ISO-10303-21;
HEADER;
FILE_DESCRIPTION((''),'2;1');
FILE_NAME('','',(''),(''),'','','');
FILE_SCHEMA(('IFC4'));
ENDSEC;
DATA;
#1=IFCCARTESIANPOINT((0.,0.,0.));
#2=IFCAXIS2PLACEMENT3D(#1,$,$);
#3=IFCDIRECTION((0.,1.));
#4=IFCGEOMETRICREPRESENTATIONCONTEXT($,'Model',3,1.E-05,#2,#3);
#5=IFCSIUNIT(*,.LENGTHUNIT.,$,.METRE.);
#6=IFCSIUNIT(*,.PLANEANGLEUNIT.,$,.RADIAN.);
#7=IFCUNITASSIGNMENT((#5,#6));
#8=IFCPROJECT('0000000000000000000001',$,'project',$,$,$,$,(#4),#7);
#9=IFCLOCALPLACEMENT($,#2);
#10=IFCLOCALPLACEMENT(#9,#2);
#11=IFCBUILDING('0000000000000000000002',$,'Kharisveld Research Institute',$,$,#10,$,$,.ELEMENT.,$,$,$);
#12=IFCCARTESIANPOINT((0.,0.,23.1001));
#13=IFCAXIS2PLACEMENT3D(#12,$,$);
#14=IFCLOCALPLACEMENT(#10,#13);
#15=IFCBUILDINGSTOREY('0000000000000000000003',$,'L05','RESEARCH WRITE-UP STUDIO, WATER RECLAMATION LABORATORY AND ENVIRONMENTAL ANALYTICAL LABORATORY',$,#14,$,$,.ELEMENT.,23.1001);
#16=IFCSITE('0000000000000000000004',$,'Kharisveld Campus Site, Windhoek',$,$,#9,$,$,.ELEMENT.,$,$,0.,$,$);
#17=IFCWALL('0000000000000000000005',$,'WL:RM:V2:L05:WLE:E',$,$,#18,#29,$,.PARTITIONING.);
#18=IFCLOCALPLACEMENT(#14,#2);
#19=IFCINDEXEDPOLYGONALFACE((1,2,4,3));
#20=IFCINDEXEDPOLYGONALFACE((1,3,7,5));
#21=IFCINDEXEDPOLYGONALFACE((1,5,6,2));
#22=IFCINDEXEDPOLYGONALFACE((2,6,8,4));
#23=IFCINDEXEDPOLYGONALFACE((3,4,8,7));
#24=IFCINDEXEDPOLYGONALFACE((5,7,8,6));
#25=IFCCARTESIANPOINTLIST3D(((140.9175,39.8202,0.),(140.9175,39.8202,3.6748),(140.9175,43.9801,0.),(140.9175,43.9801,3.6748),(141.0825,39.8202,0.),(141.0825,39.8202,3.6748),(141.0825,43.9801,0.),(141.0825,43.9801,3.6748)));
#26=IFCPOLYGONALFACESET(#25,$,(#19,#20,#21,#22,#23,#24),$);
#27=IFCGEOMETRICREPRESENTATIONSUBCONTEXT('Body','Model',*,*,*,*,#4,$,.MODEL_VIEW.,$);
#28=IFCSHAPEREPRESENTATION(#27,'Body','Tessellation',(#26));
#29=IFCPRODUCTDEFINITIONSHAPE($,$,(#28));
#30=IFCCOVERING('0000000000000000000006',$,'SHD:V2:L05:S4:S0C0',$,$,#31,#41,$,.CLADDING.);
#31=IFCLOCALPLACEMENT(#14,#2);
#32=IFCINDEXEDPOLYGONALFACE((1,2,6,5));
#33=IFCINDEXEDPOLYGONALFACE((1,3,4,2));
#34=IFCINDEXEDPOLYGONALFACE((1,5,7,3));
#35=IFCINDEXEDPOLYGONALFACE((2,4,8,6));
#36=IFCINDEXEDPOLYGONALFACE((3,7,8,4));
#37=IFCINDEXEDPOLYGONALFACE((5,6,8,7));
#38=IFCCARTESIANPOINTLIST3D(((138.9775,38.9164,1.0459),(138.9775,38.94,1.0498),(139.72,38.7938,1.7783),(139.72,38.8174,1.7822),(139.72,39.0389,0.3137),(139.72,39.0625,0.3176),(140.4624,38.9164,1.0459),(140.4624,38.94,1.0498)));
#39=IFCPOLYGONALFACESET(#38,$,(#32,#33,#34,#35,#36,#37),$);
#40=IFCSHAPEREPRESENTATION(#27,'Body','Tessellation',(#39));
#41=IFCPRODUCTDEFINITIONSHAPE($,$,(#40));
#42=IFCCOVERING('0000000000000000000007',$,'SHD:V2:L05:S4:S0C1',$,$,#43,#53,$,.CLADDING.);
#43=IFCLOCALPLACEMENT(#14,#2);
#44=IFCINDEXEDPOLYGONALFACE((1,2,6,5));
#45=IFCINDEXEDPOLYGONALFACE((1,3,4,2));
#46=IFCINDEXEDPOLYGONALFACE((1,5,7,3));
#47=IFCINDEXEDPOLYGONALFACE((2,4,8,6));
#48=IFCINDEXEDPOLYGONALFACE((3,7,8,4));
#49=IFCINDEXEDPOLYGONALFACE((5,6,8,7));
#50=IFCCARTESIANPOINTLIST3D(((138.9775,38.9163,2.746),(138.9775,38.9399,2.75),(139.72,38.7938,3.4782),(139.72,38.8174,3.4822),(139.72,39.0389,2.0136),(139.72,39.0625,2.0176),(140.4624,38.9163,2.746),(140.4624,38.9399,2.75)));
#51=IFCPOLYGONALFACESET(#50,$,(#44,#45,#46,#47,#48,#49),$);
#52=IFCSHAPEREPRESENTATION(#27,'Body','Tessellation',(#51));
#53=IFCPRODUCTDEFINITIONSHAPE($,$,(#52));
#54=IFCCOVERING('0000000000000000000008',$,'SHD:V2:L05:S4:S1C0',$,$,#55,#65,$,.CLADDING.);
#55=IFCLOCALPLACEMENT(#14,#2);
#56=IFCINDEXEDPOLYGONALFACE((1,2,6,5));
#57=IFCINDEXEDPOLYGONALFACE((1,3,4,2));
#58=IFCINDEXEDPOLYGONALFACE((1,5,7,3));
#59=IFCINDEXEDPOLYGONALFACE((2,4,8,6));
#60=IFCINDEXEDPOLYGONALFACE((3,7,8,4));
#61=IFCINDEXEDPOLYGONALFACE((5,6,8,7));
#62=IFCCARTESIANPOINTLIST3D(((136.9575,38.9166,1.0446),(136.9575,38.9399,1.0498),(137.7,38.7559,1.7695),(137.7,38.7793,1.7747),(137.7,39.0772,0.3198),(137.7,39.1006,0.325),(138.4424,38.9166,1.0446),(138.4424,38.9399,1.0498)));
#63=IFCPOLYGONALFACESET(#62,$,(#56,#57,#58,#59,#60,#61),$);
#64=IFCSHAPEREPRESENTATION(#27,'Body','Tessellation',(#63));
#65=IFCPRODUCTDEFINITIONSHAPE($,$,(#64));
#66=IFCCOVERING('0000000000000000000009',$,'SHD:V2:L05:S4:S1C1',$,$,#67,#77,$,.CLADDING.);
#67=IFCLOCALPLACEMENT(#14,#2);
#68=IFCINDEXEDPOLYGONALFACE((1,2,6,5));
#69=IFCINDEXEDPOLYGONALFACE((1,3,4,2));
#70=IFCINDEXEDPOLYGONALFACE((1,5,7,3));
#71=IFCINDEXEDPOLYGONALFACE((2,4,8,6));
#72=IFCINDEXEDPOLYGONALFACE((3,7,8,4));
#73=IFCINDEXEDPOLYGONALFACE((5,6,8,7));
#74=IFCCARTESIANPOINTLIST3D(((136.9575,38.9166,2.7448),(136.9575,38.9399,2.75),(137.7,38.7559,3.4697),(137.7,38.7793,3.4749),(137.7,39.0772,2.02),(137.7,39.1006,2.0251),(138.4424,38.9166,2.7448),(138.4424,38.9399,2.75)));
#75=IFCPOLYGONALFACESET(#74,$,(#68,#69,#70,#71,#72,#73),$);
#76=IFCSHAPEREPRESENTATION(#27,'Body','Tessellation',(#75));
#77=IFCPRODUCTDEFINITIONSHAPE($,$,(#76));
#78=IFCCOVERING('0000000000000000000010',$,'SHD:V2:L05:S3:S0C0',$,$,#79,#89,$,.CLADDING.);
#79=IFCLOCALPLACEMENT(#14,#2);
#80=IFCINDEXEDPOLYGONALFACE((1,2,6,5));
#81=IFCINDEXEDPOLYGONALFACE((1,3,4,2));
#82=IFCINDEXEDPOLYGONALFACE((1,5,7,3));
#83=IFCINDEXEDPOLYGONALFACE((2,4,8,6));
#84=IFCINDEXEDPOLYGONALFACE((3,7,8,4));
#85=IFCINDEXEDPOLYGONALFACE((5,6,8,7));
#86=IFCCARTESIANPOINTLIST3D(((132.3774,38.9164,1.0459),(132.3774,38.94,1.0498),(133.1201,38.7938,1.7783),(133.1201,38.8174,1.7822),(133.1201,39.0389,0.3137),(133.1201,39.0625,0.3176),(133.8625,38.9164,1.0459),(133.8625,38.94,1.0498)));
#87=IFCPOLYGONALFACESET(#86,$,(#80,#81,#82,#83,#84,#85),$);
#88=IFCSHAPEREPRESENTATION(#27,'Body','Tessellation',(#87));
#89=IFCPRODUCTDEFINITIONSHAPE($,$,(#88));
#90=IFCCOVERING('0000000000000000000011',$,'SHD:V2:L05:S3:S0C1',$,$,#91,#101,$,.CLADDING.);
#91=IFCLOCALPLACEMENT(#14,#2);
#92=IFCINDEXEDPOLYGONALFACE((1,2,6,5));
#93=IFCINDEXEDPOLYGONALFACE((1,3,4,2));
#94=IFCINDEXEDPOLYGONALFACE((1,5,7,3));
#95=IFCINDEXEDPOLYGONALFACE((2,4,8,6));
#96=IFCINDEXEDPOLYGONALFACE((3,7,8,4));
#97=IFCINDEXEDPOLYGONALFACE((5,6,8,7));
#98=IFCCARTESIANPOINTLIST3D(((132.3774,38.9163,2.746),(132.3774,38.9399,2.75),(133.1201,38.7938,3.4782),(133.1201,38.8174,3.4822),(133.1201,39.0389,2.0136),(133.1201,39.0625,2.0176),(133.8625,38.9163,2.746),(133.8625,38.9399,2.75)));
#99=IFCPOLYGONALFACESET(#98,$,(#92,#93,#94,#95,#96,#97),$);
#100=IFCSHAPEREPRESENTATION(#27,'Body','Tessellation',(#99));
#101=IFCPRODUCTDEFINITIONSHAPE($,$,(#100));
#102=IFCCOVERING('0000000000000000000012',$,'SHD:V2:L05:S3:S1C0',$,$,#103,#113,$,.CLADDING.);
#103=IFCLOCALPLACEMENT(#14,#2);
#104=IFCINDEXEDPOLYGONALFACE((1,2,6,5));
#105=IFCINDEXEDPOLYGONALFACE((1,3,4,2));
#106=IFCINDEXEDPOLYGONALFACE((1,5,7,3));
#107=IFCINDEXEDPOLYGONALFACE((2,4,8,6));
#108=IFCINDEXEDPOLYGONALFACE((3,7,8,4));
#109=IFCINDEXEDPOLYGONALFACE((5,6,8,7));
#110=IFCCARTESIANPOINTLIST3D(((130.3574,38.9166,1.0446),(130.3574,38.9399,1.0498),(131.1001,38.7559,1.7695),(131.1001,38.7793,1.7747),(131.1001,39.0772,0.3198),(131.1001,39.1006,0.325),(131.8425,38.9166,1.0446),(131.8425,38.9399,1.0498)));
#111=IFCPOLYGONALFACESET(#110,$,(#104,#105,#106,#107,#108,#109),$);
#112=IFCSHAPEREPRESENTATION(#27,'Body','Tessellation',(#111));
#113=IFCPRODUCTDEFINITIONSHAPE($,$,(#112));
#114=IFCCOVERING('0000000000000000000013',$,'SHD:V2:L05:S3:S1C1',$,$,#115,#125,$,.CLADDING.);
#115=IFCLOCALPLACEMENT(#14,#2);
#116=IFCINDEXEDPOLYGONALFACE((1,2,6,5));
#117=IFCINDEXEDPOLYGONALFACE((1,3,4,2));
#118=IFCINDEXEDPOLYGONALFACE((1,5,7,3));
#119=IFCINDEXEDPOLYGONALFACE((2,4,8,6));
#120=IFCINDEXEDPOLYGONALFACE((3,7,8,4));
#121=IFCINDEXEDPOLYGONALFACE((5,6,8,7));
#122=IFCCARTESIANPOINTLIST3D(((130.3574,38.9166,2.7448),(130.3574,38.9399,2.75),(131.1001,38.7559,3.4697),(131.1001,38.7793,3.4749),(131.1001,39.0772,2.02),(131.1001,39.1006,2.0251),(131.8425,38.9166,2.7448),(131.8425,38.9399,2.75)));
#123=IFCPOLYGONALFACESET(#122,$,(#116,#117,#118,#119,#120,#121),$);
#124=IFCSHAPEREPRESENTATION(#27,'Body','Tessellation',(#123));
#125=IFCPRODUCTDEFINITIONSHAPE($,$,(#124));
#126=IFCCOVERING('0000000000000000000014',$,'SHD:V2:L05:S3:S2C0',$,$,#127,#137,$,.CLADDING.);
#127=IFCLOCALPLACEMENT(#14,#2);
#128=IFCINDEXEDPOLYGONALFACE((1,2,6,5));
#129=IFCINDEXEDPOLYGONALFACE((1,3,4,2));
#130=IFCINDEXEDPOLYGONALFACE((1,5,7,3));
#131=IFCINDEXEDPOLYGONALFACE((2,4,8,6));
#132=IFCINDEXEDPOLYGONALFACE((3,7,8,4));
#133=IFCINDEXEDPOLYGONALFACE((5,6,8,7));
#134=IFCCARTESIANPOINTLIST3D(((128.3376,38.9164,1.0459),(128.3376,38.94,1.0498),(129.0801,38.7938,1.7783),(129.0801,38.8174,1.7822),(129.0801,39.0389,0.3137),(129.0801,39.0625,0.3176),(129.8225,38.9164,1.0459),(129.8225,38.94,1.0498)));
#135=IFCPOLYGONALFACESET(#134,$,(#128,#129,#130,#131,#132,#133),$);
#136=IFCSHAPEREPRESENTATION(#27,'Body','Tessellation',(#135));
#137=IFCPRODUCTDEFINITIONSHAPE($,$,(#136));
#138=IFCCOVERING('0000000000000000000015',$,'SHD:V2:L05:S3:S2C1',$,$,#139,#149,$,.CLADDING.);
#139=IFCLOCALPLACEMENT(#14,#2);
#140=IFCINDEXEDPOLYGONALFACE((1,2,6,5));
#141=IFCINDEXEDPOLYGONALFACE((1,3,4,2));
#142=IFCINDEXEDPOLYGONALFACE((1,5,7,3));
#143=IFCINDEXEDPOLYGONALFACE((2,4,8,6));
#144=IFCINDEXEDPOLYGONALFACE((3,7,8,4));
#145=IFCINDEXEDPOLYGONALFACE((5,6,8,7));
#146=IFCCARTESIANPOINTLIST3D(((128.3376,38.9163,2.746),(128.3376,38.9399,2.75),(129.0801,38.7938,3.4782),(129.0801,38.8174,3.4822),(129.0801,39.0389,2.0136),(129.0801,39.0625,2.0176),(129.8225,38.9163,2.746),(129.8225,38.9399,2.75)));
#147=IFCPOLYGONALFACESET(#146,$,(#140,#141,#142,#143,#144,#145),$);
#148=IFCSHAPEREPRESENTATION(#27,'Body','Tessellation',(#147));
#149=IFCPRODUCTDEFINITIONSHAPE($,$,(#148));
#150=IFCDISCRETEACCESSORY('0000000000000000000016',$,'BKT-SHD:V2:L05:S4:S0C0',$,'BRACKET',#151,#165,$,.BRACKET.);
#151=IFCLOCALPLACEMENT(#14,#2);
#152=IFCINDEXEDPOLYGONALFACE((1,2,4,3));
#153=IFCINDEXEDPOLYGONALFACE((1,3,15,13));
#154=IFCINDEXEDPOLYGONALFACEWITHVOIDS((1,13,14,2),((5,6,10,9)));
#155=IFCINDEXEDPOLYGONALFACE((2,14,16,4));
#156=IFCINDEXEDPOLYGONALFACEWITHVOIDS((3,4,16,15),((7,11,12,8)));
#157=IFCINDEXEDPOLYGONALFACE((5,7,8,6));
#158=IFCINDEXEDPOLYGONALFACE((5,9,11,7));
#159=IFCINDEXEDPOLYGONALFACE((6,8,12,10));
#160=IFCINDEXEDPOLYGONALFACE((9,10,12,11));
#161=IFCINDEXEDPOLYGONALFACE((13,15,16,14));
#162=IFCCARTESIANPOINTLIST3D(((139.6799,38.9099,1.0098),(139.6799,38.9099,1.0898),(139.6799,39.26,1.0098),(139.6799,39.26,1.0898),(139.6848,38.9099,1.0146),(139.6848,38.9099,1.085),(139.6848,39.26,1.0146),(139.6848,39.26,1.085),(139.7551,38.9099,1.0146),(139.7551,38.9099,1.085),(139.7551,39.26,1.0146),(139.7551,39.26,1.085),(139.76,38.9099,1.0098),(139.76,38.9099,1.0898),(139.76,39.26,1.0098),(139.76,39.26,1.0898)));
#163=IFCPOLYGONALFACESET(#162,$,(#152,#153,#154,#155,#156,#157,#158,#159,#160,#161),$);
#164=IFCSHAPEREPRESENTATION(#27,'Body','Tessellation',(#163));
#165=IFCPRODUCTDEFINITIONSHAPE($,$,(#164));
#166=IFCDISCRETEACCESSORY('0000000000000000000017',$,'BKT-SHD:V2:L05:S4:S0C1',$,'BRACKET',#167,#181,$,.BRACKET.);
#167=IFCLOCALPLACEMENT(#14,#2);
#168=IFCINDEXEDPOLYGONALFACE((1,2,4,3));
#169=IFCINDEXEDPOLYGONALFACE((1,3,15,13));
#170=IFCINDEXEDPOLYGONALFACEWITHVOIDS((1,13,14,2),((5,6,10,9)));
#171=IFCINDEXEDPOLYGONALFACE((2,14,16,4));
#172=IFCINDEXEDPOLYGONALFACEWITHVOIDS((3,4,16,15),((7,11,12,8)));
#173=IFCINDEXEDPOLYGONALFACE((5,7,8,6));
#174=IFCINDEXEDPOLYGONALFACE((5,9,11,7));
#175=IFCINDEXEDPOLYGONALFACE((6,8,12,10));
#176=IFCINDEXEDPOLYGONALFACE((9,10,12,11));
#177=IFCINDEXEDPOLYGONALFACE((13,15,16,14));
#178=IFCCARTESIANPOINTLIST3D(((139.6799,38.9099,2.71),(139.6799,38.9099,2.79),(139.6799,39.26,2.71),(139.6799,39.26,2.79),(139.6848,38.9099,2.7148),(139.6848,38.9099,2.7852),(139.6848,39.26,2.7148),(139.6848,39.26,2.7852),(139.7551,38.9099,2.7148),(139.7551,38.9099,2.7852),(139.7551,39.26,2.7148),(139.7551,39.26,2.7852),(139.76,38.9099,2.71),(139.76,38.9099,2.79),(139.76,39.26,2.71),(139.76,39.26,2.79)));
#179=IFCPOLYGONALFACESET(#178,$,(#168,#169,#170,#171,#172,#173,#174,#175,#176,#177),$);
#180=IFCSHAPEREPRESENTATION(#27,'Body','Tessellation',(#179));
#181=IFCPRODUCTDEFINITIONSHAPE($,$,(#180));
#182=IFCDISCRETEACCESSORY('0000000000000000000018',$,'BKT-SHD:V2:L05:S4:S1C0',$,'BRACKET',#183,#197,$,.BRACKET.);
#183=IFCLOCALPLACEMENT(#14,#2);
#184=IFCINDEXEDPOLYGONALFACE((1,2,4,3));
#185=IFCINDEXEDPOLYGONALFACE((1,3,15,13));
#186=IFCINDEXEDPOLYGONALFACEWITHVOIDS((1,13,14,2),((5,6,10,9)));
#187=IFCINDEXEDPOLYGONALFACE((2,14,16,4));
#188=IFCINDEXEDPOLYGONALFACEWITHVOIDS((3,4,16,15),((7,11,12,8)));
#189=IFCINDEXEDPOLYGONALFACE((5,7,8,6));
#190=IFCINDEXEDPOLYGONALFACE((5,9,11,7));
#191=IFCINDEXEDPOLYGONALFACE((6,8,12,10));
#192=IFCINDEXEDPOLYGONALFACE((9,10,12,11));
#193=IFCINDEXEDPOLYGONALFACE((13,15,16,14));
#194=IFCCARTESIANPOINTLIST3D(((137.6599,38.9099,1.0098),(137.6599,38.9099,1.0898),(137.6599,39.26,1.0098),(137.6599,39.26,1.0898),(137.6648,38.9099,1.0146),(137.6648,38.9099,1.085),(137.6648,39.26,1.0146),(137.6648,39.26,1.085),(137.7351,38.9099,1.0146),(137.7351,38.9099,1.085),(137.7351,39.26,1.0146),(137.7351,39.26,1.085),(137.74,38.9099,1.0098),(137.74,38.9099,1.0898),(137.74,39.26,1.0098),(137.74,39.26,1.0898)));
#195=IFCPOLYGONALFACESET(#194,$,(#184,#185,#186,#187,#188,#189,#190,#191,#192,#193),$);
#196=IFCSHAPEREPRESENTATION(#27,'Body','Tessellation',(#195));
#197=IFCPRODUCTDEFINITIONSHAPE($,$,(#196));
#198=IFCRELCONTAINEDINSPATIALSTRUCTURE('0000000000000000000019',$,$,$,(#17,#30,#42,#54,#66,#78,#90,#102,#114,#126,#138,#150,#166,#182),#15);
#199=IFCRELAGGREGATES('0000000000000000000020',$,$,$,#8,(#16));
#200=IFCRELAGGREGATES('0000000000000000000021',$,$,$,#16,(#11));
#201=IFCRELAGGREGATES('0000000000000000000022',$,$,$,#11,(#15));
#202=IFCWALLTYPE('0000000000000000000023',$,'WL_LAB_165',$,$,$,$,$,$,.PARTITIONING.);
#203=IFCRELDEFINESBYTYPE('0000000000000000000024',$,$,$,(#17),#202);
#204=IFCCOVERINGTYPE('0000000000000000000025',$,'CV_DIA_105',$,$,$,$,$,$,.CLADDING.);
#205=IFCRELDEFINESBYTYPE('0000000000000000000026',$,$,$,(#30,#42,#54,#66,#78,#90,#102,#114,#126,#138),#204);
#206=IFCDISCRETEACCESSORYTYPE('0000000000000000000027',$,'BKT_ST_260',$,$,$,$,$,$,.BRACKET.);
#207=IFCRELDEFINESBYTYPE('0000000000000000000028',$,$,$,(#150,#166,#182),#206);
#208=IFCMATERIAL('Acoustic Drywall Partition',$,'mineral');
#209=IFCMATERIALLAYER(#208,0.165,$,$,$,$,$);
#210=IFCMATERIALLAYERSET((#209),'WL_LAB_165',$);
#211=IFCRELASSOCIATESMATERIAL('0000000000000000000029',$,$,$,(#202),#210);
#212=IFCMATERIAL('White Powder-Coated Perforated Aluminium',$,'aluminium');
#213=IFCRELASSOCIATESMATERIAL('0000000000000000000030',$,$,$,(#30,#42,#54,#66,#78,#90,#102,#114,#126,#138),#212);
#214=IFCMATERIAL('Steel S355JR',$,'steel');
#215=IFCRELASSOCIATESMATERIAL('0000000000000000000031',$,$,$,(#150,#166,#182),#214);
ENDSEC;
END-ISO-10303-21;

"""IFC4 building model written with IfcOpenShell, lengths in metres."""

from ifc_helpers import new_model, si_unit, direction, frame, frame_2d, origin, origin_2d, place, context, subcontext, project, spatial, polyline, rectangle, hollow_rectangle, outline, extrude, material, layer, layer_set, type_object, element, save


model = new_model("IFC4")

# Units and contexts
model_context = context("Model", 3, precision=1e-05, world=origin(), true_north=direction((0.0, 1.0)))
body_context = subcontext(model_context, "Body", "Model", "MODEL_VIEW")
ifc_project = project(units=[si_unit("LENGTHUNIT", "METRE"), si_unit("PLANEANGLEUNIT", "RADIAN")], contexts=[model_context])

# Site, building, storey
site_placement = place(None, origin())
site = spatial("IfcSite", under=ifc_project, at=site_placement, Name="Kharisveld Campus Site, Windhoek", CompositionType="ELEMENT", RefElevation=0.0)
building_placement = place(site_placement, origin())
building = spatial("IfcBuilding", under=site, at=building_placement, Name="Kharisveld Research Institute", CompositionType="ELEMENT")
storey_placement = place(building_placement, frame((0.0, 0.0, 23.1001)))
storey = spatial("IfcBuildingStorey", under=building, at=storey_placement, Name="L05", Description="RESEARCH WRITE-UP STUDIO, WATER RECLAMATION LABORATORY AND ENVIRONMENTAL ANALYTICAL LABORATORY", CompositionType="ELEMENT", Elevation=23.1001)

# Wall
ifc_material_1 = material(Name="Acoustic Drywall Partition", Category="mineral")
ifc_layer_1 = layer(ifc_material_1, 0.165)
ifc_layer_set_1 = layer_set([ifc_layer_1], Name="WL_LAB_165")
wall_type_1 = type_object("IfcWallType", Name="WL_LAB_165", PredefinedType="PARTITIONING", material=ifc_layer_set_1)
wall_1_placement = place(storey_placement, frame((141.0, 39.8201, 0.0), z_axis=(0.0, 0.0, 1.0), x_axis=(0.0, 1.0, 0.0)))
element("IfcWall", 1, at=wall_1_placement, inside=storey, type_object=wall_type_1, Name="WL:RM:V2:L05:WLE:E", PredefinedType="PARTITIONING", context=body_context, shape_type="SweptSolid", body=[
    extrude(rectangle(XDim=4.1599, YDim=0.165, at=frame_2d((2.0801, 0.0))), origin(), (0.0, 0.0, 1.0), 3.6748),
])

# Coverings
ifc_material_2 = material(Name="White Powder-Coated Perforated Aluminium", Category="aluminium")
covering_type = type_object("IfcCoveringType", Name="CV_DIA_105", PredefinedType="CLADDING")
covering_1_placement = place(storey_placement, frame((139.72, 39.0625, 0.3176), z_axis=(0.0, 0.986283, 0.165065), x_axis=(-0.707139, -0.116714, 0.697376)))
element("IfcCovering", 2, at=covering_1_placement, inside=storey, type_object=covering_type, material=ifc_material_2, Name="SHD:V2:L05:S4:S0C0", PredefinedType="CLADDING", context=body_context, shape_type="SweptSolid", body=[
    extrude(outline(polyline([(0.0, 0.0), (1.0499, 0.0), (1.05, 1.0501), (-0.0001, 1.0499), (0.0, 0.0)])), origin(), (0.0, 0.0, -1.0), 0.0239),
])
covering_2_placement = place(storey_placement, frame((139.72, 39.0625, 2.0176), z_axis=(0.0, 0.986283, 0.165065), x_axis=(-0.707024, -0.116733, 0.697489)))
element("IfcCovering", 3, at=covering_2_placement, inside=storey, type_object=covering_type, material=ifc_material_2, Name="SHD:V2:L05:S4:S0C1", PredefinedType="CLADDING", context=body_context, shape_type="SweptSolid", body=[
    extrude(outline(polyline([(0.0, 0.0), (1.0501, 0.0), (1.0502, 1.0499), (0.0002, 1.0501), (0.0, 0.0)])), origin(), (0.0, 0.0, -1.0), 0.0239),
])
for number, where, z_axis, x_axis, name in (
    (4, (137.7, 39.1006, 0.325), (0.0, 0.976311, 0.216373), (-0.707102, -0.153, 0.69036), "SHD:V2:L05:S4:S1C0"),
    (5, (137.7, 39.1006, 2.0251), (0.0, 0.976311, 0.216373), (-0.707102, -0.153, 0.69036), "SHD:V2:L05:S4:S1C1"),
):
    element("IfcCovering", number, at=place(storey_placement, frame(where, z_axis=z_axis, x_axis=x_axis)), inside=storey, type_object=covering_type, material=ifc_material_2, Name=name, PredefinedType="CLADDING", context=body_context, shape_type="SweptSolid", body=[
        extrude(outline(polyline([(0.0, 0.0), (1.05, 0.0), (1.05, 1.05), (0.0, 1.05), (0.0, 0.0)])), origin(), (0.0, 0.0, -1.0), 0.0239),
    ])
covering_3_placement = place(storey_placement, frame((133.1201, 39.0625, 0.3176), z_axis=(0.0, 0.986283, 0.165065), x_axis=(-0.707255, -0.116694, 0.697261)))
element("IfcCovering", 6, at=covering_3_placement, inside=storey, type_object=covering_type, material=ifc_material_2, Name="SHD:V2:L05:S3:S0C0", PredefinedType="CLADDING", context=body_context, shape_type="SweptSolid", body=[
    extrude(outline(polyline([(0.0, 0.0), (1.0501, 0.0), (1.0498, 1.0503), (-0.0003, 1.0499), (0.0, 0.0)])), origin(), (0.0, 0.0, -1.0), 0.0239),
])
covering_4_placement = place(storey_placement, frame((133.1201, 39.0625, 2.0176), z_axis=(0.0, 0.986283, 0.165065), x_axis=(-0.70714, -0.116713, 0.697374)))
element("IfcCovering", 7, at=covering_4_placement, inside=storey, type_object=covering_type, material=ifc_material_2, Name="SHD:V2:L05:S3:S0C1", PredefinedType="CLADDING", context=body_context, shape_type="SweptSolid", body=[
    extrude(outline(polyline([(0.0, 0.0), (1.0503, 0.0), (1.05, 1.0501), (0.0001, 1.0501), (0.0, 0.0)])), origin(), (0.0, 0.0, -1.0), 0.0239),
])
for number, where, z_axis, x_axis, name in (
    (8, (131.1001, 39.1006, 0.325), (0.0, 0.976311, 0.216373), (-0.707218, -0.152975, 0.690247), "SHD:V2:L05:S3:S1C0"),
    (9, (131.1001, 39.1006, 2.0251), (0.0, 0.976311, 0.216373), (-0.707218, -0.152975, 0.690247), "SHD:V2:L05:S3:S1C1"),
):
    element("IfcCovering", number, at=place(storey_placement, frame(where, z_axis=z_axis, x_axis=x_axis)), inside=storey, type_object=covering_type, material=ifc_material_2, Name=name, PredefinedType="CLADDING", context=body_context, shape_type="SweptSolid", body=[
        extrude(outline(polyline([(0.0, 0.0), (1.0501, 0.0), (1.0498, 1.0501), (-0.0002, 1.05), (0.0, 0.0)])), origin(), (0.0, 0.0, -1.0), 0.0239),
    ])
covering_5_placement = place(storey_placement, frame((129.0801, 39.0625, 0.3176), z_axis=(0.0, 0.986283, 0.165065), x_axis=(-0.707139, -0.116714, 0.697376)))
element("IfcCovering", 10, at=covering_5_placement, inside=storey, type_object=covering_type, material=ifc_material_2, Name="SHD:V2:L05:S3:S2C0", PredefinedType="CLADDING", context=body_context, shape_type="SweptSolid", body=[
    extrude(outline(polyline([(0.0, 0.0), (1.0499, 0.0), (1.05, 1.0501), (-0.0001, 1.0499), (0.0, 0.0)])), origin(), (0.0, 0.0, -1.0), 0.0239),
])
covering_6_placement = place(storey_placement, frame((129.0801, 39.0625, 2.0176), z_axis=(0.0, 0.986283, 0.165065), x_axis=(-0.707024, -0.116733, 0.697489)))
element("IfcCovering", 11, at=covering_6_placement, inside=storey, type_object=covering_type, material=ifc_material_2, Name="SHD:V2:L05:S3:S2C1", PredefinedType="CLADDING", context=body_context, shape_type="SweptSolid", body=[
    extrude(outline(polyline([(0.0, 0.0), (1.0501, 0.0), (1.0502, 1.0499), (0.0002, 1.0501), (0.0, 0.0)])), origin(), (0.0, 0.0, -1.0), 0.0239),
])

# Discrete accessories
ifc_material_3 = material(Name="Steel S355JR", Category="steel")
discrete_accessory_type = type_object("IfcDiscreteAccessoryType", Name="BKT_ST_260", PredefinedType="BRACKET")
for number, where, z_axis, x_axis, name in (
    (12, (139.72, 39.26, 1.0498), (0.0, -1.0, 0.0), (1.0, 0.0, 0.0), "BKT-SHD:V2:L05:S4:S0C0"),
    (13, (139.72, 39.26, 2.75), (0.0, -1.0, 0.0), (1.0, 0.0, 0.0), "BKT-SHD:V2:L05:S4:S0C1"),
    (14, (137.7, 39.26, 1.0498), (0.0, -1.0, 0.0), (1.0, 0.0, 0.0), "BKT-SHD:V2:L05:S4:S1C0"),
):
    element("IfcDiscreteAccessory", number, at=place(storey_placement, frame(where, z_axis=z_axis, x_axis=x_axis)), inside=storey, type_object=discrete_accessory_type, material=ifc_material_3, Name=name, ObjectType="BRACKET", PredefinedType="BRACKET", context=body_context, shape_type="SweptSolid", body=[
        extrude(hollow_rectangle(XDim=0.0801, YDim=0.0801, WallThickness=0.0049, at=origin_2d()), origin(), (0.0, 0.0, 1.0), 0.3501),
    ])

save(model, "model.ifc")
